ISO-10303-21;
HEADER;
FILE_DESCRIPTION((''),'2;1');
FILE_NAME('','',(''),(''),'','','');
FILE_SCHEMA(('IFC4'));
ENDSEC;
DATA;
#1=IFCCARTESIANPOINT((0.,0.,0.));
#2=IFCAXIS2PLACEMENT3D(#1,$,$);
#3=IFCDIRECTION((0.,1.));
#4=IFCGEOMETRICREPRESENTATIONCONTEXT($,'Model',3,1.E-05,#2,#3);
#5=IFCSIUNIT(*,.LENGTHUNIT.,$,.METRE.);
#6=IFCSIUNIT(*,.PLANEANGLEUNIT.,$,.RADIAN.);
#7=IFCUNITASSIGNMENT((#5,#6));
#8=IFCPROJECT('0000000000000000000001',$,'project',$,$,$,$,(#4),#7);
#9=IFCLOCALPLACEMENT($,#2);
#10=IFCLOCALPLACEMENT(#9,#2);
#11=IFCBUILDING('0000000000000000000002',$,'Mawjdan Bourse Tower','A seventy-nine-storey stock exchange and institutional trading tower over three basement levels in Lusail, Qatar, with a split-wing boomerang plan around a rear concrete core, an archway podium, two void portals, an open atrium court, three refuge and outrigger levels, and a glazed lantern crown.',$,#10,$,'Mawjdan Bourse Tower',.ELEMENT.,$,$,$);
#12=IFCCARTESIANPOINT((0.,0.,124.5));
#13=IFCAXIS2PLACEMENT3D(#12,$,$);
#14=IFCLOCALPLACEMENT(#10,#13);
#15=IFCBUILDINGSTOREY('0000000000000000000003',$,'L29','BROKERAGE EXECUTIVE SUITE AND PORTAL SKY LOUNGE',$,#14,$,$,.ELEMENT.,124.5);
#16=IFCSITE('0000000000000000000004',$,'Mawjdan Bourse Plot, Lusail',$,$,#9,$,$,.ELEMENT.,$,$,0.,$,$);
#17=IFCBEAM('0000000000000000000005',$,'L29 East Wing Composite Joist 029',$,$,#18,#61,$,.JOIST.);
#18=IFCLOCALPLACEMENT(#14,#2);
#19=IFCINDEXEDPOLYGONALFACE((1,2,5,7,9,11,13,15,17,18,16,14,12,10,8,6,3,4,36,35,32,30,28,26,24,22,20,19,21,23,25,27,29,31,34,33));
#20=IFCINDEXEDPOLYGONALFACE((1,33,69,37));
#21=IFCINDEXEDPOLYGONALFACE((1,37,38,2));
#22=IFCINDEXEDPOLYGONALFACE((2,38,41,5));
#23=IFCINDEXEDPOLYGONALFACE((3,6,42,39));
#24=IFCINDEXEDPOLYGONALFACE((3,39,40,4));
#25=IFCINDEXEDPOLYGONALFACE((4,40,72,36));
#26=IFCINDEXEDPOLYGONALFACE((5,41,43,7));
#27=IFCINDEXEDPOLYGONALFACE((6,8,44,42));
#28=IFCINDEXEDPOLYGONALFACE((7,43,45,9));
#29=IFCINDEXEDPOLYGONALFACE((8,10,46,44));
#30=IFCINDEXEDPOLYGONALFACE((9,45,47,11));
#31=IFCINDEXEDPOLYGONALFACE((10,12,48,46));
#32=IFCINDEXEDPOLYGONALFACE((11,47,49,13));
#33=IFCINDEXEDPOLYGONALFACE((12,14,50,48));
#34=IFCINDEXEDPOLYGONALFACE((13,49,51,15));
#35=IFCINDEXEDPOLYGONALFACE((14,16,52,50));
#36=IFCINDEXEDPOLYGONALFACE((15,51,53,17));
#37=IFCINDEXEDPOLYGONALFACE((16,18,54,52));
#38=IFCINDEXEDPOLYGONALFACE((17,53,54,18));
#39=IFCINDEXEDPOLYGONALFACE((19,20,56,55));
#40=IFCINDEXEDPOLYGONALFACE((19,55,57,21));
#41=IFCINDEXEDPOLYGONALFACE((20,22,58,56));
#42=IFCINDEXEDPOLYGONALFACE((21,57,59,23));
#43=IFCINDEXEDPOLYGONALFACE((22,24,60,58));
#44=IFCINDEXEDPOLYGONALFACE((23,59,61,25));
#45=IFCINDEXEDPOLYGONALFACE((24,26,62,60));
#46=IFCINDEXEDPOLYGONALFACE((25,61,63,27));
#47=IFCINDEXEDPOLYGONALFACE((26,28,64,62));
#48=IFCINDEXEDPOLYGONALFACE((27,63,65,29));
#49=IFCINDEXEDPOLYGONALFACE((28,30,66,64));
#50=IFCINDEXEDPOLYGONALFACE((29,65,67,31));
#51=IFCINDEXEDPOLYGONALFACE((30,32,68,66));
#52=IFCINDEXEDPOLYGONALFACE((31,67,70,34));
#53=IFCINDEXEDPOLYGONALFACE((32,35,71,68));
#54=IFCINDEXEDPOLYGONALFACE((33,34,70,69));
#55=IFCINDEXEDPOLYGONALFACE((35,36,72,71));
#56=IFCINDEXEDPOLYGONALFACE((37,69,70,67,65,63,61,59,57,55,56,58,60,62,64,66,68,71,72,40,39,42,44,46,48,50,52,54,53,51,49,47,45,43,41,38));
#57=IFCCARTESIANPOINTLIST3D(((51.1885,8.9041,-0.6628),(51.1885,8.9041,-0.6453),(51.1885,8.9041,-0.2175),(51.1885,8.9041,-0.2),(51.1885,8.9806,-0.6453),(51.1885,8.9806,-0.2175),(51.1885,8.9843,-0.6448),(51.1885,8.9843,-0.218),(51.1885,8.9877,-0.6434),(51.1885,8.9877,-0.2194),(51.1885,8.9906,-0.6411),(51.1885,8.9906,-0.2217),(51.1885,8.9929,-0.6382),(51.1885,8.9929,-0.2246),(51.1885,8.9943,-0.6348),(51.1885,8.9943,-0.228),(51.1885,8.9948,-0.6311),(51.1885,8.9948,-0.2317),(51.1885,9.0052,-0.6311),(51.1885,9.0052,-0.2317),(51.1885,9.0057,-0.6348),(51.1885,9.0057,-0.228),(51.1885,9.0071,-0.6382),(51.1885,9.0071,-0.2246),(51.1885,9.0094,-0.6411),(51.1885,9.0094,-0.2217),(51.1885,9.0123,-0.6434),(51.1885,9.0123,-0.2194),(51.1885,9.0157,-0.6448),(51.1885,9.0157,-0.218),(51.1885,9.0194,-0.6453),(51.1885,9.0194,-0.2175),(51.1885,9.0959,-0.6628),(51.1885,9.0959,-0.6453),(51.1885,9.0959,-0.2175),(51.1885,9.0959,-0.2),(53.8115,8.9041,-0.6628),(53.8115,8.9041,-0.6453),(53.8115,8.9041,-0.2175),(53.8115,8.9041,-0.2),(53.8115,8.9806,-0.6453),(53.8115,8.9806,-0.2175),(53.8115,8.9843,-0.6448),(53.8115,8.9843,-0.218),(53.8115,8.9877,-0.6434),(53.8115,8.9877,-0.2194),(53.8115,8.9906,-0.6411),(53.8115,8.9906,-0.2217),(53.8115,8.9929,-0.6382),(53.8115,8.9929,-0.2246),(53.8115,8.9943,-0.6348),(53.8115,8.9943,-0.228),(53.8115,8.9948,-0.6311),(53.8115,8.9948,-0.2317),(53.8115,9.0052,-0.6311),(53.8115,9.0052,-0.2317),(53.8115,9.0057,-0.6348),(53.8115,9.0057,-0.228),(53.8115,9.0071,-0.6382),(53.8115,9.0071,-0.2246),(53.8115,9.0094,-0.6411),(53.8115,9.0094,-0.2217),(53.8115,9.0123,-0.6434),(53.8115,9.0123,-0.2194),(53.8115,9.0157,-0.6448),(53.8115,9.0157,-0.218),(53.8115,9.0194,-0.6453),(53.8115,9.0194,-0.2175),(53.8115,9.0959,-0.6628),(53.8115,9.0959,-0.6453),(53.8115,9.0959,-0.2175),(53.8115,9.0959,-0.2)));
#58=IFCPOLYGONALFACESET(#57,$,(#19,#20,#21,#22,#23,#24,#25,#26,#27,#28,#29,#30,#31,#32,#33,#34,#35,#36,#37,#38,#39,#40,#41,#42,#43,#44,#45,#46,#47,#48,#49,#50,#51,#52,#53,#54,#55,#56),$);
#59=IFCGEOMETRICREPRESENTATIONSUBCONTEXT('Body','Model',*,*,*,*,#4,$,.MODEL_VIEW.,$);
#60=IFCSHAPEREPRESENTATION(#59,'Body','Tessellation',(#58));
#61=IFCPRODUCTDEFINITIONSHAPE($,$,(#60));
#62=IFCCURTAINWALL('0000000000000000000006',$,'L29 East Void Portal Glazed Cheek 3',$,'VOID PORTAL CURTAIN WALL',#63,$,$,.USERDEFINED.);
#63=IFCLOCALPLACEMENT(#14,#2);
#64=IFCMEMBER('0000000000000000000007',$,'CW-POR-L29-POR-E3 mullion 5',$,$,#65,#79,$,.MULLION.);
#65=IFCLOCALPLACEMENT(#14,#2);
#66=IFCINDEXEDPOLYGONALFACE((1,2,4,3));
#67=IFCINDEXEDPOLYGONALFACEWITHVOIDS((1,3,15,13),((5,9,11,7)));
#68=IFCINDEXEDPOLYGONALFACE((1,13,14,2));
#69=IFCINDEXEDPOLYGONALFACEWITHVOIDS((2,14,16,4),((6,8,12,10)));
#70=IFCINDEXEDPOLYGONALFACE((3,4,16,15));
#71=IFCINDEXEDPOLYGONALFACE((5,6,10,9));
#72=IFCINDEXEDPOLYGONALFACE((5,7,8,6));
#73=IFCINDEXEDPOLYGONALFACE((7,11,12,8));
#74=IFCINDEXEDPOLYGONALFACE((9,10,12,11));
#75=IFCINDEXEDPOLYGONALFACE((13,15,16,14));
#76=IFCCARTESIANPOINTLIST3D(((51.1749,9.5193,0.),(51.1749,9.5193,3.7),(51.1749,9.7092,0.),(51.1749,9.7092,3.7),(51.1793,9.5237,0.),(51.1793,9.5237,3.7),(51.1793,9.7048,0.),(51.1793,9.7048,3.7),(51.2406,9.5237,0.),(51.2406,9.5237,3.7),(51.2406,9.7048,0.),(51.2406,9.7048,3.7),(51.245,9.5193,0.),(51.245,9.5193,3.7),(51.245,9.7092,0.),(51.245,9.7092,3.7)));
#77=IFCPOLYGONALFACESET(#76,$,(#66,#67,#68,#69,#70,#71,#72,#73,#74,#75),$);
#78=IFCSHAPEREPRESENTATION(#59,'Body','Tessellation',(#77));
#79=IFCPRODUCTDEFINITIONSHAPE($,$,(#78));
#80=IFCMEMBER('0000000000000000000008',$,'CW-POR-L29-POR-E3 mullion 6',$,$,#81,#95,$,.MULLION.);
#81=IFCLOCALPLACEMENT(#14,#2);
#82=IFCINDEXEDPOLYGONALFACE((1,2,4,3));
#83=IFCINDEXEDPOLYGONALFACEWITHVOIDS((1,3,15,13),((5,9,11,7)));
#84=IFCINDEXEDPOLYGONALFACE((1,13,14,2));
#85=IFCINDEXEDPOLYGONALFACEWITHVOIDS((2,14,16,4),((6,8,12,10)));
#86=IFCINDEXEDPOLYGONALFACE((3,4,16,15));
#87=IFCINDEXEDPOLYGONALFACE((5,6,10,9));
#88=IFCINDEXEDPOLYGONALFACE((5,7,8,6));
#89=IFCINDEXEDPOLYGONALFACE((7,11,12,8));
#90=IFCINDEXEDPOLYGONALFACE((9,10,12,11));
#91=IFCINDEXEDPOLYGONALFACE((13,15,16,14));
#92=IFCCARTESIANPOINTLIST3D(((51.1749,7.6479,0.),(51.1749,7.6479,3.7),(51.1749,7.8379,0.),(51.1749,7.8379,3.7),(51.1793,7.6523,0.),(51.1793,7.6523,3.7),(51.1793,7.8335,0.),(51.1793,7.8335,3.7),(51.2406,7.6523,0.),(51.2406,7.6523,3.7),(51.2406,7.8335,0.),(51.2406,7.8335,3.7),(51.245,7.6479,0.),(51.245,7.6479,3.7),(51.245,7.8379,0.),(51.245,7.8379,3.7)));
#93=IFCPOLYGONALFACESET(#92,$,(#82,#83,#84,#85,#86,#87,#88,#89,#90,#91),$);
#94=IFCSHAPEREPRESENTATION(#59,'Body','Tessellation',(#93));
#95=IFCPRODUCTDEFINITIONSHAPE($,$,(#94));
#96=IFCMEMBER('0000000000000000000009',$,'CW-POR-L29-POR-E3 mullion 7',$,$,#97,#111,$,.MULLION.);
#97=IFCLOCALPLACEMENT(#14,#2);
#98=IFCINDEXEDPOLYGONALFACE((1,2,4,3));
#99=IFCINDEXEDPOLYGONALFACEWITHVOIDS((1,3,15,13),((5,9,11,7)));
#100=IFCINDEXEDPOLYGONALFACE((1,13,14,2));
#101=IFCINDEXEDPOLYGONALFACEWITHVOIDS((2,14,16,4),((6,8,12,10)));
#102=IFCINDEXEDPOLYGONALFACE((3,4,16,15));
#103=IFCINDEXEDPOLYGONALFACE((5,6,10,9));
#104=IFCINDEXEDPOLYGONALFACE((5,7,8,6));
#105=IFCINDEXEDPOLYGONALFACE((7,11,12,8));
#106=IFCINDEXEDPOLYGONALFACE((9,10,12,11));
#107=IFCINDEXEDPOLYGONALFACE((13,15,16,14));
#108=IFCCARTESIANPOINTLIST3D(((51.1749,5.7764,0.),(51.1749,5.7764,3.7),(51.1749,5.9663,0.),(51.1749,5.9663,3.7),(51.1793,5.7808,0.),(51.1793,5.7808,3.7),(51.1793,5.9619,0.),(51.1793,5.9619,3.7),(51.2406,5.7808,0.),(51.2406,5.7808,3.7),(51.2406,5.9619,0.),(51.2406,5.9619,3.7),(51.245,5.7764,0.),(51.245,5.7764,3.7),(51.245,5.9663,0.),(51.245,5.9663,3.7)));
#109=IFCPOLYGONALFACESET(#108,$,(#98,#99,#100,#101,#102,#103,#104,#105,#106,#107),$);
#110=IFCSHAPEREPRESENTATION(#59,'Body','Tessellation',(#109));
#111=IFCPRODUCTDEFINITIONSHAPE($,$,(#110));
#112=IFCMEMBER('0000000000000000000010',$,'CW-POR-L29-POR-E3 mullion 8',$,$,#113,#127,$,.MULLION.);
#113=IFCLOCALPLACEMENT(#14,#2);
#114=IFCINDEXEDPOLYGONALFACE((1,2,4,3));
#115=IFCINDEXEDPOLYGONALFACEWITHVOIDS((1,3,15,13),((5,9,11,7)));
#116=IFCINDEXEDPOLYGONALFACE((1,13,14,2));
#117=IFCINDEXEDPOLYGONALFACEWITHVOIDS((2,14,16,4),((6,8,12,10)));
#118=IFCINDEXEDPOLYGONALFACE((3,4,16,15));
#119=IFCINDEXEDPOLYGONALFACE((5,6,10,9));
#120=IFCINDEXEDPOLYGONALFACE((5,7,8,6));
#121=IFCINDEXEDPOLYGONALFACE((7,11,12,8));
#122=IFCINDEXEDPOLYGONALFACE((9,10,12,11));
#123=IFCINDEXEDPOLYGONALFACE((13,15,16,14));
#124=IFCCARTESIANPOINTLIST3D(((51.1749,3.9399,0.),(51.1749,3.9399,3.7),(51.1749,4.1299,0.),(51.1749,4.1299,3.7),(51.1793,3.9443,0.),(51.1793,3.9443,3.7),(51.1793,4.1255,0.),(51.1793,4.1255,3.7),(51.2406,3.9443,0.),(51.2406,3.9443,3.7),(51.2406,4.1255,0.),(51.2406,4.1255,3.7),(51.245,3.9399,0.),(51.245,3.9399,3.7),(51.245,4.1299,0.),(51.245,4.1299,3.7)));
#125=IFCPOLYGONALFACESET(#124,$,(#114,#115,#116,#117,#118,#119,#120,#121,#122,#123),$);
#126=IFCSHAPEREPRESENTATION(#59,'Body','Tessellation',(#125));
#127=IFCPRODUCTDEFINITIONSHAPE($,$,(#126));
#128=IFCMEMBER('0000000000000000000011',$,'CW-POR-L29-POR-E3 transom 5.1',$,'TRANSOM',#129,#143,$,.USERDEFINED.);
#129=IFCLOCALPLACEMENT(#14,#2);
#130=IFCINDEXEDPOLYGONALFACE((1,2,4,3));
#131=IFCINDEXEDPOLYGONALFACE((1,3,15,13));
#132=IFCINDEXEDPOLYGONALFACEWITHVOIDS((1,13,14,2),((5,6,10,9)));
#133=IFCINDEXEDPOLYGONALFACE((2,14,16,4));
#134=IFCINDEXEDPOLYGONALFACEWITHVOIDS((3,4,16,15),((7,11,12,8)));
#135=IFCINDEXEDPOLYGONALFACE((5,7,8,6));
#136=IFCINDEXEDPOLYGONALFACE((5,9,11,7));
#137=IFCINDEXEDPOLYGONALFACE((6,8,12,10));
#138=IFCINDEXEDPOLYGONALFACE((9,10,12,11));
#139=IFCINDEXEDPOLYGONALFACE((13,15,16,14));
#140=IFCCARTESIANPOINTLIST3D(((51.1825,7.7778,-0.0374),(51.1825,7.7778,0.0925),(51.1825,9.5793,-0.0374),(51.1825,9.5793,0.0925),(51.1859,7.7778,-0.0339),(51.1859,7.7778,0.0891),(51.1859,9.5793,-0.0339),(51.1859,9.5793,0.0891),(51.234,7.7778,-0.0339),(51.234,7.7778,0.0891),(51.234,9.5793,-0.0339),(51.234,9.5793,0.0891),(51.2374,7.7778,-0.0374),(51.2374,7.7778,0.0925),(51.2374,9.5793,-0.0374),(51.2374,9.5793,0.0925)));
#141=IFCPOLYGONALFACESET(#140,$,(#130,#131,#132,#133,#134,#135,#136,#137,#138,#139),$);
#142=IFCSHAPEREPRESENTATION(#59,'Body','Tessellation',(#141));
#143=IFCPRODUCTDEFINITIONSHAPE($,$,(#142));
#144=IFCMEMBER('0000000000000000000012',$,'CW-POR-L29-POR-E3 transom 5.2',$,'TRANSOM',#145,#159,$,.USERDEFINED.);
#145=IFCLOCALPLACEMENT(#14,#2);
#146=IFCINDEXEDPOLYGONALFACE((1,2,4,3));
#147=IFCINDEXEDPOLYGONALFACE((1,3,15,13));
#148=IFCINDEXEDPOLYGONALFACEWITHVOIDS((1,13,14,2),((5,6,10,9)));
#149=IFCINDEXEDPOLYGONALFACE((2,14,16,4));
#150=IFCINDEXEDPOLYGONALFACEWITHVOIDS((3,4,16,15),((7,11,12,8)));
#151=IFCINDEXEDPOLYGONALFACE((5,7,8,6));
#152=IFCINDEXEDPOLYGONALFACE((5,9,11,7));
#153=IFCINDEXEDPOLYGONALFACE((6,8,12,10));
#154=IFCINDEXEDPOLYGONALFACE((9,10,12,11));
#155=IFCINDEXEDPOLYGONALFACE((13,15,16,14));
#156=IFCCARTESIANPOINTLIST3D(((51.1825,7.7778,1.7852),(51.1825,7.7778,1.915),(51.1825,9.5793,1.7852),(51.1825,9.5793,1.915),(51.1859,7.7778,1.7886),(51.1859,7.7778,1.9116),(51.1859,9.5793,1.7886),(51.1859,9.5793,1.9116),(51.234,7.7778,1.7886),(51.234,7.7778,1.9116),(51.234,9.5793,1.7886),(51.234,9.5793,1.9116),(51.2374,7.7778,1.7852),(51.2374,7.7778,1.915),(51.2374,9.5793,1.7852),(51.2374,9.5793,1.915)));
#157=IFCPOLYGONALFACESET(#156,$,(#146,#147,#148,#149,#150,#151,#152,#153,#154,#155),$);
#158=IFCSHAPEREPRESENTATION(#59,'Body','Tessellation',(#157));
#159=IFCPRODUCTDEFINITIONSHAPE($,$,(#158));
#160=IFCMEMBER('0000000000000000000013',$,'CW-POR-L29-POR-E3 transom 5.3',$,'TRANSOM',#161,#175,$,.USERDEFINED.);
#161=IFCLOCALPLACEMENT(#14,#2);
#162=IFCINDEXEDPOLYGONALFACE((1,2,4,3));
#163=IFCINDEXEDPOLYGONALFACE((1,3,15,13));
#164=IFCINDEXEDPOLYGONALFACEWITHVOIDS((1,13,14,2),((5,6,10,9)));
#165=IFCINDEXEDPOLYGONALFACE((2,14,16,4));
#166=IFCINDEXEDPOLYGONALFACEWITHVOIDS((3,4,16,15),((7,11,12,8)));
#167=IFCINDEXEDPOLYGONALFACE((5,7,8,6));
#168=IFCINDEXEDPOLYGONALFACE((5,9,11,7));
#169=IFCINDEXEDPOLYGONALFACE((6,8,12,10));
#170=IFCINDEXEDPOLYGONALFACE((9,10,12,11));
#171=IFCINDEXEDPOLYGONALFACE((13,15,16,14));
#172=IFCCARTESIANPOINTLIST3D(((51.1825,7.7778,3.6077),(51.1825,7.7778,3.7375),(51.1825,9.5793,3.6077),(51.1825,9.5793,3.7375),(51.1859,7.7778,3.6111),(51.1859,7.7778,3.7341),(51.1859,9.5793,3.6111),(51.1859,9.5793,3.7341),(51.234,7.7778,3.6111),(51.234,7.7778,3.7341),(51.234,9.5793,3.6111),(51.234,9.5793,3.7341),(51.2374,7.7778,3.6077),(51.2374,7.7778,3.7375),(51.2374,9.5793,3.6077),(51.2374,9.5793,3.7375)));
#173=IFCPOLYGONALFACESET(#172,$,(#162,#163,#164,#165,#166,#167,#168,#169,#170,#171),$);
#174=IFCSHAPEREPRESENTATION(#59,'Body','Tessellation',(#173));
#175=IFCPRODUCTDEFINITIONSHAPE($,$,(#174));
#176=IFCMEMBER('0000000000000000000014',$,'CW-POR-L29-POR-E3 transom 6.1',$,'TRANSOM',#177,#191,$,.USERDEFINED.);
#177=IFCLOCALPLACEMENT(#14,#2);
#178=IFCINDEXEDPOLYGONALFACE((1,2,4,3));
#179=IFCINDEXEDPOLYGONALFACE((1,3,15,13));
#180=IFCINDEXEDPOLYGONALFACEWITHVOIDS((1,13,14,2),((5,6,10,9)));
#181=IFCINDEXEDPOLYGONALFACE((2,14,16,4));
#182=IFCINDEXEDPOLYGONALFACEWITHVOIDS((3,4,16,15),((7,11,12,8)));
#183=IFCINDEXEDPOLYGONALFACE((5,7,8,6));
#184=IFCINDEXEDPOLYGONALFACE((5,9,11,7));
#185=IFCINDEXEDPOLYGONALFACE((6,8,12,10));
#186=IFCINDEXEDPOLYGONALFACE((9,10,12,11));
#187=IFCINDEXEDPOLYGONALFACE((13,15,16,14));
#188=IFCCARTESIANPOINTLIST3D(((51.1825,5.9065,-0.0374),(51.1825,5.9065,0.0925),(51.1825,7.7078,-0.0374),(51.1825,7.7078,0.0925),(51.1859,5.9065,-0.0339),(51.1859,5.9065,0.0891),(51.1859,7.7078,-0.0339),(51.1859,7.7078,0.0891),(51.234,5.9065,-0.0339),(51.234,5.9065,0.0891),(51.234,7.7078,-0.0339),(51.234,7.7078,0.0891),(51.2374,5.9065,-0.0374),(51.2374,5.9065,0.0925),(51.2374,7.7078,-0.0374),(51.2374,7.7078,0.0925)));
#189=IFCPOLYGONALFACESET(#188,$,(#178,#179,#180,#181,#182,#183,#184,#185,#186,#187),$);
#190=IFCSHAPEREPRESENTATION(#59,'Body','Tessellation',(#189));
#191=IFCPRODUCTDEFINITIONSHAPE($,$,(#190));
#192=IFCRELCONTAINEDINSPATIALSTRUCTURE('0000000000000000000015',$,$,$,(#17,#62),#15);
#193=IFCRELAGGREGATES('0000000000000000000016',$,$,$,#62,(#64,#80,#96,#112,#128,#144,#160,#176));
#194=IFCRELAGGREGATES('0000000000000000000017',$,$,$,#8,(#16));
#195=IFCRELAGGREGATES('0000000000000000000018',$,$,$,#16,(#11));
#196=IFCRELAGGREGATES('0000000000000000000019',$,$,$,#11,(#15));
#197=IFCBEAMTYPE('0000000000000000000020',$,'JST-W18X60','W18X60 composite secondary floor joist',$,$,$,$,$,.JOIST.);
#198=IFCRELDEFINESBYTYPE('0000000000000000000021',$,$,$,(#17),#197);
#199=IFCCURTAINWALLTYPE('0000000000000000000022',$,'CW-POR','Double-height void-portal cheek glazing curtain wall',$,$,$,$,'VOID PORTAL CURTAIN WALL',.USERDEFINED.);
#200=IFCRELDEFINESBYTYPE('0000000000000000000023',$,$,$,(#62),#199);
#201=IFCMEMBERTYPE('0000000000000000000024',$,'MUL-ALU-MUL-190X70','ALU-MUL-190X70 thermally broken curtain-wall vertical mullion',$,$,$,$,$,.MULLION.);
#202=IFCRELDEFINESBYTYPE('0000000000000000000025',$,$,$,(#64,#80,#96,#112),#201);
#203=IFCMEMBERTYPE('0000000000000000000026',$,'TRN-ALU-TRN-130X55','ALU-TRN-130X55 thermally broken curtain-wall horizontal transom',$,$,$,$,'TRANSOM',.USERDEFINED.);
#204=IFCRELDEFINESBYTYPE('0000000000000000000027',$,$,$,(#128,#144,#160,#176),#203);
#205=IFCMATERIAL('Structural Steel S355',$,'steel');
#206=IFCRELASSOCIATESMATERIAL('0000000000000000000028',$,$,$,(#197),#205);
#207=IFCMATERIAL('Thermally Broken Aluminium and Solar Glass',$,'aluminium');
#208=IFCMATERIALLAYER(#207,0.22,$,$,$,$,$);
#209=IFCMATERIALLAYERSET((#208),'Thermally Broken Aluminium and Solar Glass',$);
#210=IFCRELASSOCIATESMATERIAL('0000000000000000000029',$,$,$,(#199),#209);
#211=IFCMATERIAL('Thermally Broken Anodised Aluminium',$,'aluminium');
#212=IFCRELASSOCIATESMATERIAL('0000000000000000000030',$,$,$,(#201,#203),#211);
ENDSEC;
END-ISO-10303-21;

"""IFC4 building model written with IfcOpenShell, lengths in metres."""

from ifc_helpers import new_model, si_unit, direction, frame, origin, origin_2d, place, context, subcontext, project, spatial, hollow_rectangle, i_section, extrude, material, layer, layer_set, material_profile, profile_set, type_object, element, aggregate, save


model = new_model("IFC4")

# Units and contexts
model_context = context("Model", 3, precision=1e-05, world=origin(), true_north=direction((0.0, 1.0)))
body_context = subcontext(model_context, "Body", "Model", "MODEL_VIEW")
ifc_project = project(units=[si_unit("LENGTHUNIT", "METRE"), si_unit("PLANEANGLEUNIT", "RADIAN")], contexts=[model_context])

# Site, building, storey
site_placement = place(None, origin())
site = spatial("IfcSite", under=ifc_project, at=site_placement, Name="Mawjdan Bourse Plot, Lusail", CompositionType="ELEMENT", RefElevation=0.0)
building_placement = place(site_placement, origin())
building = spatial("IfcBuilding", under=site, at=building_placement, Name="Mawjdan Bourse Tower", Description="A seventy-nine-storey stock exchange and institutional trading tower over three basement levels in Lusail, Qatar, with a split-wing boomerang plan around a rear concrete core, an archway podium, two void portals, an open atrium court, three refuge and outrigger levels, and a glazed lantern crown.", LongName="Mawjdan Bourse Tower", CompositionType="ELEMENT")
storey_placement = place(building_placement, frame((0.0, 0.0, 124.5)))
storey = spatial("IfcBuildingStorey", under=building, at=storey_placement, Name="L29", Description="BROKERAGE EXECUTIVE SUITE AND PORTAL SKY LOUNGE", CompositionType="ELEMENT", Elevation=124.5)

# Beam
ifc_material_1 = material(Name="Structural Steel S355", Category="steel")
ifc_material_profile_1 = material_profile(ifc_material_1, i_section(OverallWidth=0.1919, OverallDepth=0.4629, WebThickness=0.0105, FlangeThickness=0.0176, FilletRadius=0.0142, at=origin_2d()), Name="W18X60")
ifc_profile_set_1 = profile_set([ifc_material_profile_1], Name="Structural Steel S355")
beam_type = type_object("IfcBeamType", Name="JST-W18X60", Description="W18X60 composite secondary floor joist", PredefinedType="JOIST", material=ifc_profile_set_1)
beam_placement = place(storey_placement, frame((51.1885, 9.0, -0.4314), z_axis=(1.0, 0.0, 0.0), x_axis=(0.0, 1.0, 0.0)))
element("IfcBeam", 1, at=beam_placement, inside=storey, type_object=beam_type, Name="L29 East Wing Composite Joist 029", PredefinedType="JOIST", context=body_context, shape_type="SweptSolid", body=[
    extrude(i_section(OverallWidth=0.1919, OverallDepth=0.4629, WebThickness=0.0105, FlangeThickness=0.0176, FilletRadius=0.0142, at=origin_2d()), origin(), (0.0, 0.0, 1.0), 2.623),
])

# Curtain wall, members
ifc_material_2 = material(Name="Thermally Broken Aluminium and Solar Glass", Category="aluminium")
ifc_layer_1 = layer(ifc_material_2, 0.22)
ifc_layer_set_1 = layer_set([ifc_layer_1], Name="Thermally Broken Aluminium and Solar Glass")
curtain_wall_type = type_object("IfcCurtainWallType", Name="CW-POR", Description="Double-height void-portal cheek glazing curtain wall", ElementType="VOID PORTAL CURTAIN WALL", PredefinedType="USERDEFINED", material=ifc_layer_set_1)
curtain_wall_placement = place(storey_placement, origin())
curtain_wall = element("IfcCurtainWall", 2, at=curtain_wall_placement, inside=storey, type_object=curtain_wall_type, Name="L29 East Void Portal Glazed Cheek 3", ObjectType="VOID PORTAL CURTAIN WALL", PredefinedType="USERDEFINED")
ifc_material_3 = material(Name="Thermally Broken Anodised Aluminium", Category="aluminium")
ifc_material_profile_2 = material_profile(ifc_material_3, hollow_rectangle(XDim=0.0701, YDim=0.1899, WallThickness=0.0044, at=origin_2d()), Name="ALU-MUL-190X70")
ifc_profile_set_2 = profile_set([ifc_material_profile_2], Name="Thermally Broken Anodised Aluminium")
member_type_1 = type_object("IfcMemberType", Name="MUL-ALU-MUL-190X70", Description="ALU-MUL-190X70 thermally broken curtain-wall vertical mullion", PredefinedType="MULLION", material=ifc_profile_set_2)
member_1_placement = place(storey_placement, frame((51.21, 9.6143, 0.0), z_axis=(0.0, 0.0, 1.0), x_axis=(1.0, 0.0, 0.0)))
member_1 = element("IfcMember", 3, at=member_1_placement, type_object=member_type_1, Name="CW-POR-L29-POR-E3 mullion 5", PredefinedType="MULLION", context=body_context, shape_type="SweptSolid", body=[
    extrude(hollow_rectangle(XDim=0.0701, YDim=0.1899, WallThickness=0.0044, at=origin_2d()), origin(), (0.0, 0.0, 1.0), 3.7),
])
member_2_placement = place(storey_placement, frame((51.21, 7.7429, 0.0), z_axis=(0.0, 0.0, 1.0), x_axis=(1.0, 0.0, 0.0)))
member_2 = element("IfcMember", 4, at=member_2_placement, type_object=member_type_1, Name="CW-POR-L29-POR-E3 mullion 6", PredefinedType="MULLION", context=body_context, shape_type="SweptSolid", body=[
    extrude(hollow_rectangle(XDim=0.0701, YDim=0.1899, WallThickness=0.0044, at=origin_2d()), origin(), (0.0, 0.0, 1.0), 3.7),
])
member_3_placement = place(storey_placement, frame((51.21, 5.8713, 0.0), z_axis=(0.0, 0.0, 1.0), x_axis=(1.0, 0.0, 0.0)))
member_3 = element("IfcMember", 5, at=member_3_placement, type_object=member_type_1, Name="CW-POR-L29-POR-E3 mullion 7", PredefinedType="MULLION", context=body_context, shape_type="SweptSolid", body=[
    extrude(hollow_rectangle(XDim=0.0701, YDim=0.1899, WallThickness=0.0044, at=origin_2d()), origin(), (0.0, 0.0, 1.0), 3.7),
])
member_4_placement = place(storey_placement, frame((51.21, 4.0349, 0.0), z_axis=(0.0, 0.0, 1.0), x_axis=(1.0, 0.0, 0.0)))
member_4 = element("IfcMember", 6, at=member_4_placement, type_object=member_type_1, Name="CW-POR-L29-POR-E3 mullion 8", PredefinedType="MULLION", context=body_context, shape_type="SweptSolid", body=[
    extrude(hollow_rectangle(XDim=0.0701, YDim=0.1899, WallThickness=0.0044, at=origin_2d()), origin(), (0.0, 0.0, 1.0), 3.7),
])
ifc_material_profile_3 = material_profile(ifc_material_3, hollow_rectangle(XDim=0.0549, YDim=0.1299, WallThickness=0.0034, at=origin_2d()), Name="ALU-TRN-130X55")
ifc_profile_set_3 = profile_set([ifc_material_profile_3], Name="Thermally Broken Anodised Aluminium")
member_type_2 = type_object("IfcMemberType", Name="TRN-ALU-TRN-130X55", Description="ALU-TRN-130X55 thermally broken curtain-wall horizontal transom", ElementType="TRANSOM", PredefinedType="USERDEFINED", material=ifc_profile_set_3)
member_5_placement = place(storey_placement, frame((51.21, 9.5793, 0.0276), z_axis=(0.0, -1.0, 0.0), x_axis=(1.0, 0.0, 0.0)))
member_5 = element("IfcMember", 7, at=member_5_placement, type_object=member_type_2, Name="CW-POR-L29-POR-E3 transom 5.1", ObjectType="TRANSOM", PredefinedType="USERDEFINED", context=body_context, shape_type="SweptSolid", body=[
    extrude(hollow_rectangle(XDim=0.0549, YDim=0.1299, WallThickness=0.0034, at=origin_2d()), origin(), (0.0, 0.0, 1.0), 1.8015),
])
member_6_placement = place(storey_placement, frame((51.21, 9.5793, 1.8501), z_axis=(0.0, -1.0, 0.0), x_axis=(1.0, 0.0, 0.0)))
member_6 = element("IfcMember", 8, at=member_6_placement, type_object=member_type_2, Name="CW-POR-L29-POR-E3 transom 5.2", ObjectType="TRANSOM", PredefinedType="USERDEFINED", context=body_context, shape_type="SweptSolid", body=[
    extrude(hollow_rectangle(XDim=0.0549, YDim=0.1299, WallThickness=0.0034, at=origin_2d()), origin(), (0.0, 0.0, 1.0), 1.8015),
])
member_7_placement = place(storey_placement, frame((51.21, 9.5793, 3.6726), z_axis=(0.0, -1.0, 0.0), x_axis=(1.0, 0.0, 0.0)))
member_7 = element("IfcMember", 9, at=member_7_placement, type_object=member_type_2, Name="CW-POR-L29-POR-E3 transom 5.3", ObjectType="TRANSOM", PredefinedType="USERDEFINED", context=body_context, shape_type="SweptSolid", body=[
    extrude(hollow_rectangle(XDim=0.0549, YDim=0.1299, WallThickness=0.0034, at=origin_2d()), origin(), (0.0, 0.0, 1.0), 1.8015),
])
member_8_placement = place(storey_placement, frame((51.21, 7.7078, 0.0276), z_axis=(0.0, -1.0, 0.0), x_axis=(1.0, 0.0, 0.0)))
member_8 = element("IfcMember", 10, at=member_8_placement, type_object=member_type_2, Name="CW-POR-L29-POR-E3 transom 6.1", ObjectType="TRANSOM", PredefinedType="USERDEFINED", context=body_context, shape_type="SweptSolid", body=[
    extrude(hollow_rectangle(XDim=0.0549, YDim=0.1299, WallThickness=0.0034, at=origin_2d()), origin(), (0.0, 0.0, 1.0), 1.8013),
])
aggregate(curtain_wall, [member_1, member_2, member_3, member_4, member_5, member_6, member_7, member_8])

save(model, "model.ifc")
